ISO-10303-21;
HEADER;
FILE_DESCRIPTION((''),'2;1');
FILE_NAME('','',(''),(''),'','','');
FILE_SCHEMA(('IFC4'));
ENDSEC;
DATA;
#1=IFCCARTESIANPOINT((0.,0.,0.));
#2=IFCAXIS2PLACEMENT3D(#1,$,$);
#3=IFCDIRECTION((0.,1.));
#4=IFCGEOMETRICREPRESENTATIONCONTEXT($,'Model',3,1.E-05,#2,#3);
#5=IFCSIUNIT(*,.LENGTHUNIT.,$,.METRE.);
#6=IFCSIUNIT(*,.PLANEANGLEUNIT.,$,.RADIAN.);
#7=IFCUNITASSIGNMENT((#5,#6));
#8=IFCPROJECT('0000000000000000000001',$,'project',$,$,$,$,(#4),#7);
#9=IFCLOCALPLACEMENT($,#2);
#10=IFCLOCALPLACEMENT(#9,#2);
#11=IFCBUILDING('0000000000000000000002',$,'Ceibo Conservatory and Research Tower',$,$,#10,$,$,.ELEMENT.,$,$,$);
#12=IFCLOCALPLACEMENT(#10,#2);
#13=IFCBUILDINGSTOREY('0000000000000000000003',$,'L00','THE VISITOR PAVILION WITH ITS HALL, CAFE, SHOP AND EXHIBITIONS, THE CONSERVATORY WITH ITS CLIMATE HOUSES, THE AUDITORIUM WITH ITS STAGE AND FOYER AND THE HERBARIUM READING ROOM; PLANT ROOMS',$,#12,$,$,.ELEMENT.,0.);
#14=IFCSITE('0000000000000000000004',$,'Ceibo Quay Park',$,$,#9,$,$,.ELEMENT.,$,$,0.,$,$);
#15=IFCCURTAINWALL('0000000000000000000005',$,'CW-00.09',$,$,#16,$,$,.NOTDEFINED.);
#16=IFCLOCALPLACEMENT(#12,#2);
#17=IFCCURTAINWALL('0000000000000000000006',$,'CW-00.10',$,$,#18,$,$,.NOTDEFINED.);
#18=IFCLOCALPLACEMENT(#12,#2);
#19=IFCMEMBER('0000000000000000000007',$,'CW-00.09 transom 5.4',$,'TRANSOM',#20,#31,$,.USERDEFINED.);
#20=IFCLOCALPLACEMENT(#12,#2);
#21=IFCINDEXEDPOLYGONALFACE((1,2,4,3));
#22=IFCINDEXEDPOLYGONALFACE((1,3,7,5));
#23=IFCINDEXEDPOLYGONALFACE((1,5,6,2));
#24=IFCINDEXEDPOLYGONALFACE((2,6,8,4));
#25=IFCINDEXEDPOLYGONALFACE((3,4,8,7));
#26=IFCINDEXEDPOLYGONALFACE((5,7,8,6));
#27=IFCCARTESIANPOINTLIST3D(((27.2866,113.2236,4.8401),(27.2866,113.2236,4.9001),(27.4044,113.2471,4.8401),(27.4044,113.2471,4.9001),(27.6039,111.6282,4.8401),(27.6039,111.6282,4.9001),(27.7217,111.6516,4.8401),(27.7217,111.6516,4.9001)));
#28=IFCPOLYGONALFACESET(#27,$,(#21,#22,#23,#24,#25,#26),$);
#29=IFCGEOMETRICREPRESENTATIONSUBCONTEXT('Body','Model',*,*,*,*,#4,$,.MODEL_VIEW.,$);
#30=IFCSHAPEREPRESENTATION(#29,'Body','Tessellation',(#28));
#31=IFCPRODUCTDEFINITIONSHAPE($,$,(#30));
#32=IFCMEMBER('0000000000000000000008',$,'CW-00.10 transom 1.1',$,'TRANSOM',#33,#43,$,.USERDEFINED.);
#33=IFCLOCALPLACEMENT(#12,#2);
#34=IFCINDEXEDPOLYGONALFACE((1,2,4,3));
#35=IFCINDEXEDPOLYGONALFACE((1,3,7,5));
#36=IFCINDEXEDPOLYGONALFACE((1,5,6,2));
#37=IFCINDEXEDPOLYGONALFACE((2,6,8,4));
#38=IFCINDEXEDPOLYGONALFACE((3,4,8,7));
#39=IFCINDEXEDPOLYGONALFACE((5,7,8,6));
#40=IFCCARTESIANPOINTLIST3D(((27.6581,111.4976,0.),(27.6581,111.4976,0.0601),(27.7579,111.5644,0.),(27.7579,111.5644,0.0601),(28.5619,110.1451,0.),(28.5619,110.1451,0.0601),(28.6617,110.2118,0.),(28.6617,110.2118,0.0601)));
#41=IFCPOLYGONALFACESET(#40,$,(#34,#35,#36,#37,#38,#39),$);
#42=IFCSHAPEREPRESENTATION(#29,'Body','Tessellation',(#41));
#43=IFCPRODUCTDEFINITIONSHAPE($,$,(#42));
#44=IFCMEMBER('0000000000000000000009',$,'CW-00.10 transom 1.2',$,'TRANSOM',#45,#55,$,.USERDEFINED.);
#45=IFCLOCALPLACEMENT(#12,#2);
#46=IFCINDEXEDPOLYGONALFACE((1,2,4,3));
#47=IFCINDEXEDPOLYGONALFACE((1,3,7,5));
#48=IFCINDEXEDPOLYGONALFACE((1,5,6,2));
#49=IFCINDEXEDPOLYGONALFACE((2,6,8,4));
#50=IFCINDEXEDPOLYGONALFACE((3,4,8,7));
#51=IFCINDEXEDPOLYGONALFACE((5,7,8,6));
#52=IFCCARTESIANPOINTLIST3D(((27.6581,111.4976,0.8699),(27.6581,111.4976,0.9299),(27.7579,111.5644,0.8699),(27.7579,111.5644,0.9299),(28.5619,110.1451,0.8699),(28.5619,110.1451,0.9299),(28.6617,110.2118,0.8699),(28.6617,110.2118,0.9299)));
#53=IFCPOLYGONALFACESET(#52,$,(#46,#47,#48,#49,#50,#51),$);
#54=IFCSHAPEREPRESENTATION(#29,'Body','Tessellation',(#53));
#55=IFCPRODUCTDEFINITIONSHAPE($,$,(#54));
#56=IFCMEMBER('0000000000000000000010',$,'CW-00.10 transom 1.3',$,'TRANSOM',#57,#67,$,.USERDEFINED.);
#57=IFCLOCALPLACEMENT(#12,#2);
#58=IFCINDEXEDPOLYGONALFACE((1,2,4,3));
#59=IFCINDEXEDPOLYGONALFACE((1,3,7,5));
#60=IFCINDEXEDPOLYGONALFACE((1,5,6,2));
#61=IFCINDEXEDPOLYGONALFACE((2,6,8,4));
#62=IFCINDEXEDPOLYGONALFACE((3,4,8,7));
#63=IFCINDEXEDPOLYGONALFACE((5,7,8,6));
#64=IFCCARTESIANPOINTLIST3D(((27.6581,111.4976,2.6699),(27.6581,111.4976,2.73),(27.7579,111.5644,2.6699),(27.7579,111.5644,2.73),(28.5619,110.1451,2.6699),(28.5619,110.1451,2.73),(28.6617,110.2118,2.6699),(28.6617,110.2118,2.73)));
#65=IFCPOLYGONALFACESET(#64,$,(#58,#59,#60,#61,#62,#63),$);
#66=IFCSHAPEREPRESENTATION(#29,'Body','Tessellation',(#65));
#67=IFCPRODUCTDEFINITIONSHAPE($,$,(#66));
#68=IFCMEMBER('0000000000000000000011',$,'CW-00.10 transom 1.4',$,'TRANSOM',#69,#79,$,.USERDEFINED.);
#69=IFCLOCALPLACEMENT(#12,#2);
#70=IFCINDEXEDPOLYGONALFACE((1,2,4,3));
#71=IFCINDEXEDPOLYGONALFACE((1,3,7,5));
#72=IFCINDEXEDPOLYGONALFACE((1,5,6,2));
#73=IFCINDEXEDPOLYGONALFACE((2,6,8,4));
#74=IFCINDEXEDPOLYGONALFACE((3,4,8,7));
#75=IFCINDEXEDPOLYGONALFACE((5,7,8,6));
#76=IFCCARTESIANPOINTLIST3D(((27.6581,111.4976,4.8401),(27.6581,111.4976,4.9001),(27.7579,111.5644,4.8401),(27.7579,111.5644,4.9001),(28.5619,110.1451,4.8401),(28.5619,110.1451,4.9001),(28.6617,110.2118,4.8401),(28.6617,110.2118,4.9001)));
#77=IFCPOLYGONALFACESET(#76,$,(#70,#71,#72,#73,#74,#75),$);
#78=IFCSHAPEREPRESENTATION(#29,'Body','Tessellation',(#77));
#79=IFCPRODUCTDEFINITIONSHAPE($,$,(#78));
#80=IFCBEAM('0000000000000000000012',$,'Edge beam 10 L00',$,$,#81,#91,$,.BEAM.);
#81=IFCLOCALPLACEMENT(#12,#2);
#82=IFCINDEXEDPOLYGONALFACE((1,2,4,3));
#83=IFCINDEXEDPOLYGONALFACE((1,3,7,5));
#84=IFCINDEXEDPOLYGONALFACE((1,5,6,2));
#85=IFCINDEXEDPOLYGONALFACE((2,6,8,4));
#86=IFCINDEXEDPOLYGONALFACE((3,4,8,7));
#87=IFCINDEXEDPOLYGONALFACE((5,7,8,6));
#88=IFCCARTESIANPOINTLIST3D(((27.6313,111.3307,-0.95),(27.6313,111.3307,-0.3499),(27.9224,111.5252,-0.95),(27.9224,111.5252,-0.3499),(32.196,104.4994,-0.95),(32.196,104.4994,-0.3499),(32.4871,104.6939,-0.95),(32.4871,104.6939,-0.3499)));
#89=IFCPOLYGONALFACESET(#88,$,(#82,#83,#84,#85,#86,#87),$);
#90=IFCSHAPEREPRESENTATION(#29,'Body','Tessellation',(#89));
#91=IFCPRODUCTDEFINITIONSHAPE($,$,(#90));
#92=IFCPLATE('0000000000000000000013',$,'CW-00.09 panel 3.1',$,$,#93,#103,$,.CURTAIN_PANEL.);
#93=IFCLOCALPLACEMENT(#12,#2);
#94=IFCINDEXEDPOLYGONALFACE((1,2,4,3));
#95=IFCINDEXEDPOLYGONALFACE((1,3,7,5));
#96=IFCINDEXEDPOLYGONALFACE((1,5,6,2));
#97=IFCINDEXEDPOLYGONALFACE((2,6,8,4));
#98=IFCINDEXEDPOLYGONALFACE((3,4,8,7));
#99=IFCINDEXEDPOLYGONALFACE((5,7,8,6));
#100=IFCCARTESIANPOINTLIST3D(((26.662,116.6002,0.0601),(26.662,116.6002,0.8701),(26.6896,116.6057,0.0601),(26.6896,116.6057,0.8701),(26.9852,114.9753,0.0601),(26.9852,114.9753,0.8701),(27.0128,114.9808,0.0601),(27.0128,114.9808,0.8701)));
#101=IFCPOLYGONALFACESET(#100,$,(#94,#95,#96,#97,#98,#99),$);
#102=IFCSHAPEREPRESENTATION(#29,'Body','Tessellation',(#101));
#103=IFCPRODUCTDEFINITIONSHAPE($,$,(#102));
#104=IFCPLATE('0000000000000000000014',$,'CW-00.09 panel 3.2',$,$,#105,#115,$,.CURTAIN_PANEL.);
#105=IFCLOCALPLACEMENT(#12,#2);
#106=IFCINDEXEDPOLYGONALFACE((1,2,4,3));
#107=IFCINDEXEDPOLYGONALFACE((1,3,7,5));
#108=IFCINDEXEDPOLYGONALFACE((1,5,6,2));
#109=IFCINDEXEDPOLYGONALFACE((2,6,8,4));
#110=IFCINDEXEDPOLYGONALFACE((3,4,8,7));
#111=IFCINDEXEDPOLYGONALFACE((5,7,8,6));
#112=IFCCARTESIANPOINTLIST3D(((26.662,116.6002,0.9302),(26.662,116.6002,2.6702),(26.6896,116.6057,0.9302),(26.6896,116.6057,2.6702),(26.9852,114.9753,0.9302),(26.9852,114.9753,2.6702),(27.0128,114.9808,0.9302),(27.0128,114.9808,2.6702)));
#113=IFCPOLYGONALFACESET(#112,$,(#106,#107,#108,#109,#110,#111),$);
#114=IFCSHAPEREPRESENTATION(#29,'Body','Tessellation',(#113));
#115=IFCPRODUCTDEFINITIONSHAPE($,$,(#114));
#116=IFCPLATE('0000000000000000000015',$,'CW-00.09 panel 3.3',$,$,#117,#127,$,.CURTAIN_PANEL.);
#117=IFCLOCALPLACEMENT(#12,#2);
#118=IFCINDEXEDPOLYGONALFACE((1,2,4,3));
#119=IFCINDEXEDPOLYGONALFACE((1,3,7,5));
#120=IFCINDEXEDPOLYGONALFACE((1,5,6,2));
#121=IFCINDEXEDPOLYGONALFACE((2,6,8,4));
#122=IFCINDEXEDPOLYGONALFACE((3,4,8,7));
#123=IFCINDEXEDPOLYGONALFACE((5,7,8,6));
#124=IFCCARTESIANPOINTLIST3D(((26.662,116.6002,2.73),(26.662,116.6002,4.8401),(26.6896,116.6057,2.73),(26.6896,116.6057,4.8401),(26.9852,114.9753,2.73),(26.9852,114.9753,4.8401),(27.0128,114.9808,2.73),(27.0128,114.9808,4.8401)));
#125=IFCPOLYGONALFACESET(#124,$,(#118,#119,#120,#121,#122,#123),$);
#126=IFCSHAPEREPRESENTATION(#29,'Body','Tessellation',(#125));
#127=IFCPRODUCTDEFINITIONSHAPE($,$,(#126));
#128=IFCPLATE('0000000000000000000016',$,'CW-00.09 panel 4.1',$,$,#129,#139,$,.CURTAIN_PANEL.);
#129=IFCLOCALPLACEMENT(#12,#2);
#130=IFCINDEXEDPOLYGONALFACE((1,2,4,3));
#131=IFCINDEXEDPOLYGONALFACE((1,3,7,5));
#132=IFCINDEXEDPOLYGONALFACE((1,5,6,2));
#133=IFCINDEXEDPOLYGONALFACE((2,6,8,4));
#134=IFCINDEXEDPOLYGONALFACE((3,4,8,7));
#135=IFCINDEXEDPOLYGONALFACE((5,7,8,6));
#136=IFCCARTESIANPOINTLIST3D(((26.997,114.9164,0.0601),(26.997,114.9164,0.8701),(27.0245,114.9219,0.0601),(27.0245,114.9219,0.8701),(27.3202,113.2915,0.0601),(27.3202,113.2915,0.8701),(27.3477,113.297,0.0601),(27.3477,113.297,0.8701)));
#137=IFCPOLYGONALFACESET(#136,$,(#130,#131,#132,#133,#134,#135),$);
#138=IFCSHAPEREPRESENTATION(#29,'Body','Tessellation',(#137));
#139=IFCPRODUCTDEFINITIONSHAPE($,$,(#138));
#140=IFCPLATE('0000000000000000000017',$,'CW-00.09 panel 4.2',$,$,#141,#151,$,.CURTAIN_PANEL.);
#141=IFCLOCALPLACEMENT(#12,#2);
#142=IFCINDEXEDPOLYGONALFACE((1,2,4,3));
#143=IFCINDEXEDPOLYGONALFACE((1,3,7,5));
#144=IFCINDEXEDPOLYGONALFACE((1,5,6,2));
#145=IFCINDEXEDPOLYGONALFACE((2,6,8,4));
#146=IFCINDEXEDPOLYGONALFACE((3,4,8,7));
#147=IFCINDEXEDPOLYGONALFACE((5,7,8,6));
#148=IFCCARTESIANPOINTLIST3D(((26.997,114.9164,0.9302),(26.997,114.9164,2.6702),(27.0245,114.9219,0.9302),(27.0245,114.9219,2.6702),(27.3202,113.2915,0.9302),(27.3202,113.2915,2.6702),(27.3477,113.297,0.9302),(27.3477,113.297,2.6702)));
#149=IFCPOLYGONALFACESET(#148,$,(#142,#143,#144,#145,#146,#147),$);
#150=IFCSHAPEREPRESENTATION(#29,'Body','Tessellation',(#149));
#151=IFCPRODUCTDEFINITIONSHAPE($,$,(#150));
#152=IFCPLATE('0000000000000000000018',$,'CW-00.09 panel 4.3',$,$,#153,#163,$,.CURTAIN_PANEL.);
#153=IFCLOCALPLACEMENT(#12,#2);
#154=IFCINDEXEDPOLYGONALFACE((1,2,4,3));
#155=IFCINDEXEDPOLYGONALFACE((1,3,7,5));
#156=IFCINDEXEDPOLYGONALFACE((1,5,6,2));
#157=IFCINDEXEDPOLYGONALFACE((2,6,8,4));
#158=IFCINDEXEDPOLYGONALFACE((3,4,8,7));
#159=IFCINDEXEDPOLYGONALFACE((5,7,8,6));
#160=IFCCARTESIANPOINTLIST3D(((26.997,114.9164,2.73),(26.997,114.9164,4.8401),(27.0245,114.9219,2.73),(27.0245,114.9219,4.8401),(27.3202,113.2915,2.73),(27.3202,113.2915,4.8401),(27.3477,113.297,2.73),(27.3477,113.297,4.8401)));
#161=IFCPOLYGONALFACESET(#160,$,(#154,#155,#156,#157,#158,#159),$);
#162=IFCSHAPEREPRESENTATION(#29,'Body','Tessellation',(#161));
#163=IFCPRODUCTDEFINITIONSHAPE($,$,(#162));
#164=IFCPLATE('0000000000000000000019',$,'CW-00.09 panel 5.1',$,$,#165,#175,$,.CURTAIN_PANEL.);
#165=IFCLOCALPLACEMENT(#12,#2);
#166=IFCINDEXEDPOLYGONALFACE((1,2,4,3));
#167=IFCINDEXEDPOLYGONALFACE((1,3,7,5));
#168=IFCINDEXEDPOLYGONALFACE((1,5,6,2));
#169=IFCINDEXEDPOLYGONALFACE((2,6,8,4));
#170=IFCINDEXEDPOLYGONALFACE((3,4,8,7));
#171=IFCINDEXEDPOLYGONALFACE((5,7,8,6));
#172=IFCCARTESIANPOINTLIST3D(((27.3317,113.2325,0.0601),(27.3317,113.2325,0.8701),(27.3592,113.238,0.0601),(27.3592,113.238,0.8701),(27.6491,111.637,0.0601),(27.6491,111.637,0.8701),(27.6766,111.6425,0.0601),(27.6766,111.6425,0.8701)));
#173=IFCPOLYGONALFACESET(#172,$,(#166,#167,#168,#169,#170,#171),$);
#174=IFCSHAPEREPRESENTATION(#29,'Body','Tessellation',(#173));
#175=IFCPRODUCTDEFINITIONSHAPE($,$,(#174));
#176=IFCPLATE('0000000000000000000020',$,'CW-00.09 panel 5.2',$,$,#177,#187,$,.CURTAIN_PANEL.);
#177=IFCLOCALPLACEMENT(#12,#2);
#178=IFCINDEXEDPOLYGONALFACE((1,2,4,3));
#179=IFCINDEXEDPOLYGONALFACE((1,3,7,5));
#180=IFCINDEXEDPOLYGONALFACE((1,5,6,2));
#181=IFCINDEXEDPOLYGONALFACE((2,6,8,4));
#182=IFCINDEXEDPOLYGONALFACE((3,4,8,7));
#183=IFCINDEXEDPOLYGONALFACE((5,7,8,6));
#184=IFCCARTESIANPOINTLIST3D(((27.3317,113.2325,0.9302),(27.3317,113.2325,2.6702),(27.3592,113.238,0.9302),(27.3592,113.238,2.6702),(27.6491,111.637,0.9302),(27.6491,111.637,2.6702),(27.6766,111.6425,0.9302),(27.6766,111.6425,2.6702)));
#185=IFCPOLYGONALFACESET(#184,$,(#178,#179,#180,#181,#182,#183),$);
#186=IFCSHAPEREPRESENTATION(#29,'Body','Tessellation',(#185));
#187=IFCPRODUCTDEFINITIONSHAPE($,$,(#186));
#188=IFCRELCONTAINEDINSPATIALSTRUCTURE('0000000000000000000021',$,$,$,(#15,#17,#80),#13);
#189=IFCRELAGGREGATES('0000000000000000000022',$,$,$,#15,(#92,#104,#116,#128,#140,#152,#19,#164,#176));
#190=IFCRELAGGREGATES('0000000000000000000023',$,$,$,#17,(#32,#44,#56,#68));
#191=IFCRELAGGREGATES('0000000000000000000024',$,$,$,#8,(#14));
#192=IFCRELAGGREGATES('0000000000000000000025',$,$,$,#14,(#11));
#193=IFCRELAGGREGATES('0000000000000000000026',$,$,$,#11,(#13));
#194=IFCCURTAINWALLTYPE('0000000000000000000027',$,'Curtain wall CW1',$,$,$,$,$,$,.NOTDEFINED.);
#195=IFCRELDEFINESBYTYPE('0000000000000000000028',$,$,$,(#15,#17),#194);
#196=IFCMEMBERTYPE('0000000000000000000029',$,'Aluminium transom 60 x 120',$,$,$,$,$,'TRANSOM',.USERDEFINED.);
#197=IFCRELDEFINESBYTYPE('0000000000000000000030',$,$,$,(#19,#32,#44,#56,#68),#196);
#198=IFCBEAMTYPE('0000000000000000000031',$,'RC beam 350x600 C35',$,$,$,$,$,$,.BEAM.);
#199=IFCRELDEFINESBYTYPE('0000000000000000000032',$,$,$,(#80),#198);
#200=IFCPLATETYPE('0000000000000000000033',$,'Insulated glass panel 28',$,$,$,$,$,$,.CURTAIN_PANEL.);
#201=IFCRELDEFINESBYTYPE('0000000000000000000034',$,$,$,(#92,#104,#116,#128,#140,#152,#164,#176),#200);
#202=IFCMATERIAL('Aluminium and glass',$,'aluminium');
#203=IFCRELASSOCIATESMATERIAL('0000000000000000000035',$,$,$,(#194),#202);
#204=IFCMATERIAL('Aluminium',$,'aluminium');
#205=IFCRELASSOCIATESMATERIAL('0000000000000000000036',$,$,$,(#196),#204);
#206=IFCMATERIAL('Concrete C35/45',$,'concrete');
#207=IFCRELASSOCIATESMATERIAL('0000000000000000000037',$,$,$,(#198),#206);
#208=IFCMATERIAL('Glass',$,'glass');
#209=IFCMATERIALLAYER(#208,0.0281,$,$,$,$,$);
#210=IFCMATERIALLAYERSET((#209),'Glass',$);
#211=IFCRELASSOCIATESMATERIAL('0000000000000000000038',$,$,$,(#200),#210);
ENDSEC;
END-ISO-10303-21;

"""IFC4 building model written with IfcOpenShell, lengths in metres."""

from ifc_helpers import new_model, si_unit, direction, frame, origin, origin_2d, place, context, subcontext, project, spatial, rectangle, extrude, material, layer, layer_set, material_profile, profile_set, type_object, element, aggregate, save


model = new_model("IFC4")

# Units and contexts
model_context = context("Model", 3, precision=1e-05, world=origin(), true_north=direction((0.0, 1.0)))
body_context = subcontext(model_context, "Body", "Model", "MODEL_VIEW")
ifc_project = project(units=[si_unit("LENGTHUNIT", "METRE"), si_unit("PLANEANGLEUNIT", "RADIAN")], contexts=[model_context])

# Site, building, storey
site_placement = place(None, origin())
site = spatial("IfcSite", under=ifc_project, at=site_placement, Name="Ceibo Quay Park", CompositionType="ELEMENT", RefElevation=0.0)
building_placement = place(site_placement, origin())
building = spatial("IfcBuilding", under=site, at=building_placement, Name="Ceibo Conservatory and Research Tower", CompositionType="ELEMENT")
storey_placement = place(building_placement, origin())
storey = spatial("IfcBuildingStorey", under=building, at=storey_placement, Name="L00", Description="THE VISITOR PAVILION WITH ITS HALL, CAFE, SHOP AND EXHIBITIONS, THE CONSERVATORY WITH ITS CLIMATE HOUSES, THE AUDITORIUM WITH ITS STAGE AND FOYER AND THE HERBARIUM READING ROOM; PLANT ROOMS", CompositionType="ELEMENT", Elevation=0.0)

# Curtain walls
ifc_material_1 = material(Name="Aluminium and glass", Category="aluminium")
curtain_wall_type = type_object("IfcCurtainWallType", Name="Curtain wall CW1", PredefinedType="NOTDEFINED", material=ifc_material_1)
curtain_wall_1_placement = place(storey_placement, origin())
curtain_wall_1 = element("IfcCurtainWall", 1, at=curtain_wall_1_placement, inside=storey, type_object=curtain_wall_type, Name="CW-00.09", PredefinedType="NOTDEFINED")
ifc_material_2 = material(Name="Aluminium", Category="aluminium")
curtain_wall_2_placement = place(storey_placement, origin())
curtain_wall_2 = element("IfcCurtainWall", 2, at=curtain_wall_2_placement, inside=storey, type_object=curtain_wall_type, Name="CW-00.10", PredefinedType="NOTDEFINED")

# Members
ifc_material_profile_1 = material_profile(ifc_material_2, rectangle(XDim=0.1201, YDim=0.0601, at=origin_2d()), Name="Aluminium 60 x 120")
ifc_profile_set_1 = profile_set([ifc_material_profile_1], Name="Aluminium")
member_type_1 = type_object("IfcMemberType", Name="Aluminium transom 60 x 120", ElementType="TRANSOM", PredefinedType="USERDEFINED", material=ifc_profile_set_1)
member_1_placement = place(storey_placement, frame((27.3455, 113.2354, 4.8701), z_axis=(0.195106, -0.980782, 0.0), x_axis=(0.980782, 0.195106, 0.0)))
member_1 = element("IfcMember", 3, at=member_1_placement, type_object=member_type_1, Name="CW-00.09 transom 5.4", ObjectType="TRANSOM", PredefinedType="USERDEFINED", context=body_context, shape_type="SweptSolid", body=[
    extrude(rectangle(XDim=0.1201, YDim=0.0601, at=origin_2d()), origin(), (0.0, 0.0, 1.0), 1.6267),
])
member_2_placement = place(storey_placement, frame((27.708, 111.531, 0.03), z_axis=(0.5556, -0.831449, 0.0), x_axis=(0.831449, 0.5556, 0.0)))
member_2 = element("IfcMember", 4, at=member_2_placement, type_object=member_type_1, Name="CW-00.10 transom 1.1", ObjectType="TRANSOM", PredefinedType="USERDEFINED", context=body_context, shape_type="SweptSolid", body=[
    extrude(rectangle(XDim=0.1201, YDim=0.0601, at=origin_2d()), origin(), (0.0, 0.0, 1.0), 1.6267),
])
member_3_placement = place(storey_placement, frame((27.708, 111.531, 0.8999), z_axis=(0.5556, -0.831449, 0.0), x_axis=(0.831449, 0.5556, 0.0)))
member_3 = element("IfcMember", 5, at=member_3_placement, type_object=member_type_1, Name="CW-00.10 transom 1.2", ObjectType="TRANSOM", PredefinedType="USERDEFINED", context=body_context, shape_type="SweptSolid", body=[
    extrude(rectangle(XDim=0.1201, YDim=0.0601, at=origin_2d()), origin(), (0.0, 0.0, 1.0), 1.6267),
])
member_4_placement = place(storey_placement, frame((27.708, 111.531, 2.7), z_axis=(0.5556, -0.831449, 0.0), x_axis=(0.831449, 0.5556, 0.0)))
member_4 = element("IfcMember", 6, at=member_4_placement, type_object=member_type_1, Name="CW-00.10 transom 1.3", ObjectType="TRANSOM", PredefinedType="USERDEFINED", context=body_context, shape_type="SweptSolid", body=[
    extrude(rectangle(XDim=0.1201, YDim=0.0601, at=origin_2d()), origin(), (0.0, 0.0, 1.0), 1.6267),
])
member_5_placement = place(storey_placement, frame((27.708, 111.531, 4.8701), z_axis=(0.5556, -0.831449, 0.0), x_axis=(0.831449, 0.5556, 0.0)))
member_5 = element("IfcMember", 7, at=member_5_placement, type_object=member_type_1, Name="CW-00.10 transom 1.4", ObjectType="TRANSOM", PredefinedType="USERDEFINED", context=body_context, shape_type="SweptSolid", body=[
    extrude(rectangle(XDim=0.1201, YDim=0.0601, at=origin_2d()), origin(), (0.0, 0.0, 1.0), 1.6267),
])

# Beam
ifc_material_3 = material(Name="Concrete C35/45", Category="concrete")
ifc_material_profile_2 = material_profile(ifc_material_3, rectangle(XDim=0.3501, YDim=0.6001, at=origin_2d()), Name="RC 350x600")
ifc_profile_set_2 = profile_set([ifc_material_profile_2], Name="Concrete C35/45")
beam_type = type_object("IfcBeamType", Name="RC beam 350x600 C35", PredefinedType="BEAM", material=ifc_profile_set_2)
beam_placement = place(storey_placement, frame((27.7769, 111.428, -0.6499), z_axis=(0.555584, -0.83146, 0.0), x_axis=(0.83146, 0.555584, 0.0)))
element("IfcBeam", 8, at=beam_placement, inside=storey, type_object=beam_type, Name="Edge beam 10 L00", PredefinedType="BEAM", context=body_context, shape_type="SweptSolid", body=[
    extrude(rectangle(XDim=0.3501, YDim=0.6001, at=origin_2d()), origin(), (0.0, 0.0, 1.0), 8.2161),
])

# Plates
ifc_material_4 = material(Name="Glass", Category="glass")
ifc_layer = layer(ifc_material_4, 0.0281)
ifc_layer_set = layer_set([ifc_layer], Name="Glass")
plate_type = type_object("IfcPlateType", Name="Insulated glass panel 28", PredefinedType="CURTAIN_PANEL", material=ifc_layer_set)
plate_1_placement = place(storey_placement, frame((26.8374, 115.7905, 0.0601), z_axis=(0.0, 0.0, 1.0), x_axis=(0.19509, -0.980785, 0.0)))
plate_1 = element("IfcPlate", 9, at=plate_1_placement, type_object=plate_type, Name="CW-00.09 panel 3.1", PredefinedType="CURTAIN_PANEL", context=body_context, shape_type="SweptSolid", body=[
    extrude(rectangle(XDim=1.6567, YDim=0.0281, at=origin_2d()), origin(), (0.0, 0.0, 1.0), 0.8101),
])
plate_2_placement = place(storey_placement, frame((26.8374, 115.7905, 0.9302), z_axis=(0.0, 0.0, 1.0), x_axis=(0.19509, -0.980785, 0.0)))
plate_2 = element("IfcPlate", 10, at=plate_2_placement, type_object=plate_type, Name="CW-00.09 panel 3.2", PredefinedType="CURTAIN_PANEL", context=body_context, shape_type="SweptSolid", body=[
    extrude(rectangle(XDim=1.6567, YDim=0.0281, at=origin_2d()), origin(), (0.0, 0.0, 1.0), 1.74),
])
plate_3_placement = place(storey_placement, frame((26.8374, 115.7905, 2.73), z_axis=(0.0, 0.0, 1.0), x_axis=(0.19509, -0.980785, 0.0)))
plate_3 = element("IfcPlate", 11, at=plate_3_placement, type_object=plate_type, Name="CW-00.09 panel 3.3", PredefinedType="CURTAIN_PANEL", context=body_context, shape_type="SweptSolid", body=[
    extrude(rectangle(XDim=1.6567, YDim=0.0281, at=origin_2d()), origin(), (0.0, 0.0, 1.0), 2.1101),
])
plate_4_placement = place(storey_placement, frame((27.1724, 114.1067, 0.0601), z_axis=(0.0, 0.0, 1.0), x_axis=(0.19509, -0.980785, 0.0)))
plate_4 = element("IfcPlate", 12, at=plate_4_placement, type_object=plate_type, Name="CW-00.09 panel 4.1", PredefinedType="CURTAIN_PANEL", context=body_context, shape_type="SweptSolid", body=[
    extrude(rectangle(XDim=1.6567, YDim=0.0281, at=origin_2d()), origin(), (0.0, 0.0, 1.0), 0.8101),
])
plate_5_placement = place(storey_placement, frame((27.1724, 114.1067, 0.9302), z_axis=(0.0, 0.0, 1.0), x_axis=(0.19509, -0.980785, 0.0)))
plate_5 = element("IfcPlate", 13, at=plate_5_placement, type_object=plate_type, Name="CW-00.09 panel 4.2", PredefinedType="CURTAIN_PANEL", context=body_context, shape_type="SweptSolid", body=[
    extrude(rectangle(XDim=1.6567, YDim=0.0281, at=origin_2d()), origin(), (0.0, 0.0, 1.0), 1.74),
])
plate_6_placement = place(storey_placement, frame((27.1724, 114.1067, 2.73), z_axis=(0.0, 0.0, 1.0), x_axis=(0.19509, -0.980785, 0.0)))
plate_6 = element("IfcPlate", 14, at=plate_6_placement, type_object=plate_type, Name="CW-00.09 panel 4.3", PredefinedType="CURTAIN_PANEL", context=body_context, shape_type="SweptSolid", body=[
    extrude(rectangle(XDim=1.6567, YDim=0.0281, at=origin_2d()), origin(), (0.0, 0.0, 1.0), 2.1101),
])
plate_7_placement = place(storey_placement, frame((27.5042, 112.4375, 0.0601), z_axis=(0.0, 0.0, 1.0), x_axis=(0.19509, -0.980785, 0.0)))
plate_7 = element("IfcPlate", 15, at=plate_7_placement, type_object=plate_type, Name="CW-00.09 panel 5.1", PredefinedType="CURTAIN_PANEL", context=body_context, shape_type="SweptSolid", body=[
    extrude(rectangle(XDim=1.6267, YDim=0.0281, at=origin_2d()), origin(), (0.0, 0.0, 1.0), 0.8101),
])
plate_8_placement = place(storey_placement, frame((27.5042, 112.4375, 0.9302), z_axis=(0.0, 0.0, 1.0), x_axis=(0.19509, -0.980785, 0.0)))
plate_8 = element("IfcPlate", 16, at=plate_8_placement, type_object=plate_type, Name="CW-00.09 panel 5.2", PredefinedType="CURTAIN_PANEL", context=body_context, shape_type="SweptSolid", body=[
    extrude(rectangle(XDim=1.6267, YDim=0.0281, at=origin_2d()), origin(), (0.0, 0.0, 1.0), 1.74),
])
aggregate(curtain_wall_1, [plate_1, plate_2, plate_3, plate_4, plate_5, plate_6, member_1, plate_7, plate_8])
aggregate(curtain_wall_2, [member_2, member_3, member_4, member_5])

save(model, "model.ifc")
